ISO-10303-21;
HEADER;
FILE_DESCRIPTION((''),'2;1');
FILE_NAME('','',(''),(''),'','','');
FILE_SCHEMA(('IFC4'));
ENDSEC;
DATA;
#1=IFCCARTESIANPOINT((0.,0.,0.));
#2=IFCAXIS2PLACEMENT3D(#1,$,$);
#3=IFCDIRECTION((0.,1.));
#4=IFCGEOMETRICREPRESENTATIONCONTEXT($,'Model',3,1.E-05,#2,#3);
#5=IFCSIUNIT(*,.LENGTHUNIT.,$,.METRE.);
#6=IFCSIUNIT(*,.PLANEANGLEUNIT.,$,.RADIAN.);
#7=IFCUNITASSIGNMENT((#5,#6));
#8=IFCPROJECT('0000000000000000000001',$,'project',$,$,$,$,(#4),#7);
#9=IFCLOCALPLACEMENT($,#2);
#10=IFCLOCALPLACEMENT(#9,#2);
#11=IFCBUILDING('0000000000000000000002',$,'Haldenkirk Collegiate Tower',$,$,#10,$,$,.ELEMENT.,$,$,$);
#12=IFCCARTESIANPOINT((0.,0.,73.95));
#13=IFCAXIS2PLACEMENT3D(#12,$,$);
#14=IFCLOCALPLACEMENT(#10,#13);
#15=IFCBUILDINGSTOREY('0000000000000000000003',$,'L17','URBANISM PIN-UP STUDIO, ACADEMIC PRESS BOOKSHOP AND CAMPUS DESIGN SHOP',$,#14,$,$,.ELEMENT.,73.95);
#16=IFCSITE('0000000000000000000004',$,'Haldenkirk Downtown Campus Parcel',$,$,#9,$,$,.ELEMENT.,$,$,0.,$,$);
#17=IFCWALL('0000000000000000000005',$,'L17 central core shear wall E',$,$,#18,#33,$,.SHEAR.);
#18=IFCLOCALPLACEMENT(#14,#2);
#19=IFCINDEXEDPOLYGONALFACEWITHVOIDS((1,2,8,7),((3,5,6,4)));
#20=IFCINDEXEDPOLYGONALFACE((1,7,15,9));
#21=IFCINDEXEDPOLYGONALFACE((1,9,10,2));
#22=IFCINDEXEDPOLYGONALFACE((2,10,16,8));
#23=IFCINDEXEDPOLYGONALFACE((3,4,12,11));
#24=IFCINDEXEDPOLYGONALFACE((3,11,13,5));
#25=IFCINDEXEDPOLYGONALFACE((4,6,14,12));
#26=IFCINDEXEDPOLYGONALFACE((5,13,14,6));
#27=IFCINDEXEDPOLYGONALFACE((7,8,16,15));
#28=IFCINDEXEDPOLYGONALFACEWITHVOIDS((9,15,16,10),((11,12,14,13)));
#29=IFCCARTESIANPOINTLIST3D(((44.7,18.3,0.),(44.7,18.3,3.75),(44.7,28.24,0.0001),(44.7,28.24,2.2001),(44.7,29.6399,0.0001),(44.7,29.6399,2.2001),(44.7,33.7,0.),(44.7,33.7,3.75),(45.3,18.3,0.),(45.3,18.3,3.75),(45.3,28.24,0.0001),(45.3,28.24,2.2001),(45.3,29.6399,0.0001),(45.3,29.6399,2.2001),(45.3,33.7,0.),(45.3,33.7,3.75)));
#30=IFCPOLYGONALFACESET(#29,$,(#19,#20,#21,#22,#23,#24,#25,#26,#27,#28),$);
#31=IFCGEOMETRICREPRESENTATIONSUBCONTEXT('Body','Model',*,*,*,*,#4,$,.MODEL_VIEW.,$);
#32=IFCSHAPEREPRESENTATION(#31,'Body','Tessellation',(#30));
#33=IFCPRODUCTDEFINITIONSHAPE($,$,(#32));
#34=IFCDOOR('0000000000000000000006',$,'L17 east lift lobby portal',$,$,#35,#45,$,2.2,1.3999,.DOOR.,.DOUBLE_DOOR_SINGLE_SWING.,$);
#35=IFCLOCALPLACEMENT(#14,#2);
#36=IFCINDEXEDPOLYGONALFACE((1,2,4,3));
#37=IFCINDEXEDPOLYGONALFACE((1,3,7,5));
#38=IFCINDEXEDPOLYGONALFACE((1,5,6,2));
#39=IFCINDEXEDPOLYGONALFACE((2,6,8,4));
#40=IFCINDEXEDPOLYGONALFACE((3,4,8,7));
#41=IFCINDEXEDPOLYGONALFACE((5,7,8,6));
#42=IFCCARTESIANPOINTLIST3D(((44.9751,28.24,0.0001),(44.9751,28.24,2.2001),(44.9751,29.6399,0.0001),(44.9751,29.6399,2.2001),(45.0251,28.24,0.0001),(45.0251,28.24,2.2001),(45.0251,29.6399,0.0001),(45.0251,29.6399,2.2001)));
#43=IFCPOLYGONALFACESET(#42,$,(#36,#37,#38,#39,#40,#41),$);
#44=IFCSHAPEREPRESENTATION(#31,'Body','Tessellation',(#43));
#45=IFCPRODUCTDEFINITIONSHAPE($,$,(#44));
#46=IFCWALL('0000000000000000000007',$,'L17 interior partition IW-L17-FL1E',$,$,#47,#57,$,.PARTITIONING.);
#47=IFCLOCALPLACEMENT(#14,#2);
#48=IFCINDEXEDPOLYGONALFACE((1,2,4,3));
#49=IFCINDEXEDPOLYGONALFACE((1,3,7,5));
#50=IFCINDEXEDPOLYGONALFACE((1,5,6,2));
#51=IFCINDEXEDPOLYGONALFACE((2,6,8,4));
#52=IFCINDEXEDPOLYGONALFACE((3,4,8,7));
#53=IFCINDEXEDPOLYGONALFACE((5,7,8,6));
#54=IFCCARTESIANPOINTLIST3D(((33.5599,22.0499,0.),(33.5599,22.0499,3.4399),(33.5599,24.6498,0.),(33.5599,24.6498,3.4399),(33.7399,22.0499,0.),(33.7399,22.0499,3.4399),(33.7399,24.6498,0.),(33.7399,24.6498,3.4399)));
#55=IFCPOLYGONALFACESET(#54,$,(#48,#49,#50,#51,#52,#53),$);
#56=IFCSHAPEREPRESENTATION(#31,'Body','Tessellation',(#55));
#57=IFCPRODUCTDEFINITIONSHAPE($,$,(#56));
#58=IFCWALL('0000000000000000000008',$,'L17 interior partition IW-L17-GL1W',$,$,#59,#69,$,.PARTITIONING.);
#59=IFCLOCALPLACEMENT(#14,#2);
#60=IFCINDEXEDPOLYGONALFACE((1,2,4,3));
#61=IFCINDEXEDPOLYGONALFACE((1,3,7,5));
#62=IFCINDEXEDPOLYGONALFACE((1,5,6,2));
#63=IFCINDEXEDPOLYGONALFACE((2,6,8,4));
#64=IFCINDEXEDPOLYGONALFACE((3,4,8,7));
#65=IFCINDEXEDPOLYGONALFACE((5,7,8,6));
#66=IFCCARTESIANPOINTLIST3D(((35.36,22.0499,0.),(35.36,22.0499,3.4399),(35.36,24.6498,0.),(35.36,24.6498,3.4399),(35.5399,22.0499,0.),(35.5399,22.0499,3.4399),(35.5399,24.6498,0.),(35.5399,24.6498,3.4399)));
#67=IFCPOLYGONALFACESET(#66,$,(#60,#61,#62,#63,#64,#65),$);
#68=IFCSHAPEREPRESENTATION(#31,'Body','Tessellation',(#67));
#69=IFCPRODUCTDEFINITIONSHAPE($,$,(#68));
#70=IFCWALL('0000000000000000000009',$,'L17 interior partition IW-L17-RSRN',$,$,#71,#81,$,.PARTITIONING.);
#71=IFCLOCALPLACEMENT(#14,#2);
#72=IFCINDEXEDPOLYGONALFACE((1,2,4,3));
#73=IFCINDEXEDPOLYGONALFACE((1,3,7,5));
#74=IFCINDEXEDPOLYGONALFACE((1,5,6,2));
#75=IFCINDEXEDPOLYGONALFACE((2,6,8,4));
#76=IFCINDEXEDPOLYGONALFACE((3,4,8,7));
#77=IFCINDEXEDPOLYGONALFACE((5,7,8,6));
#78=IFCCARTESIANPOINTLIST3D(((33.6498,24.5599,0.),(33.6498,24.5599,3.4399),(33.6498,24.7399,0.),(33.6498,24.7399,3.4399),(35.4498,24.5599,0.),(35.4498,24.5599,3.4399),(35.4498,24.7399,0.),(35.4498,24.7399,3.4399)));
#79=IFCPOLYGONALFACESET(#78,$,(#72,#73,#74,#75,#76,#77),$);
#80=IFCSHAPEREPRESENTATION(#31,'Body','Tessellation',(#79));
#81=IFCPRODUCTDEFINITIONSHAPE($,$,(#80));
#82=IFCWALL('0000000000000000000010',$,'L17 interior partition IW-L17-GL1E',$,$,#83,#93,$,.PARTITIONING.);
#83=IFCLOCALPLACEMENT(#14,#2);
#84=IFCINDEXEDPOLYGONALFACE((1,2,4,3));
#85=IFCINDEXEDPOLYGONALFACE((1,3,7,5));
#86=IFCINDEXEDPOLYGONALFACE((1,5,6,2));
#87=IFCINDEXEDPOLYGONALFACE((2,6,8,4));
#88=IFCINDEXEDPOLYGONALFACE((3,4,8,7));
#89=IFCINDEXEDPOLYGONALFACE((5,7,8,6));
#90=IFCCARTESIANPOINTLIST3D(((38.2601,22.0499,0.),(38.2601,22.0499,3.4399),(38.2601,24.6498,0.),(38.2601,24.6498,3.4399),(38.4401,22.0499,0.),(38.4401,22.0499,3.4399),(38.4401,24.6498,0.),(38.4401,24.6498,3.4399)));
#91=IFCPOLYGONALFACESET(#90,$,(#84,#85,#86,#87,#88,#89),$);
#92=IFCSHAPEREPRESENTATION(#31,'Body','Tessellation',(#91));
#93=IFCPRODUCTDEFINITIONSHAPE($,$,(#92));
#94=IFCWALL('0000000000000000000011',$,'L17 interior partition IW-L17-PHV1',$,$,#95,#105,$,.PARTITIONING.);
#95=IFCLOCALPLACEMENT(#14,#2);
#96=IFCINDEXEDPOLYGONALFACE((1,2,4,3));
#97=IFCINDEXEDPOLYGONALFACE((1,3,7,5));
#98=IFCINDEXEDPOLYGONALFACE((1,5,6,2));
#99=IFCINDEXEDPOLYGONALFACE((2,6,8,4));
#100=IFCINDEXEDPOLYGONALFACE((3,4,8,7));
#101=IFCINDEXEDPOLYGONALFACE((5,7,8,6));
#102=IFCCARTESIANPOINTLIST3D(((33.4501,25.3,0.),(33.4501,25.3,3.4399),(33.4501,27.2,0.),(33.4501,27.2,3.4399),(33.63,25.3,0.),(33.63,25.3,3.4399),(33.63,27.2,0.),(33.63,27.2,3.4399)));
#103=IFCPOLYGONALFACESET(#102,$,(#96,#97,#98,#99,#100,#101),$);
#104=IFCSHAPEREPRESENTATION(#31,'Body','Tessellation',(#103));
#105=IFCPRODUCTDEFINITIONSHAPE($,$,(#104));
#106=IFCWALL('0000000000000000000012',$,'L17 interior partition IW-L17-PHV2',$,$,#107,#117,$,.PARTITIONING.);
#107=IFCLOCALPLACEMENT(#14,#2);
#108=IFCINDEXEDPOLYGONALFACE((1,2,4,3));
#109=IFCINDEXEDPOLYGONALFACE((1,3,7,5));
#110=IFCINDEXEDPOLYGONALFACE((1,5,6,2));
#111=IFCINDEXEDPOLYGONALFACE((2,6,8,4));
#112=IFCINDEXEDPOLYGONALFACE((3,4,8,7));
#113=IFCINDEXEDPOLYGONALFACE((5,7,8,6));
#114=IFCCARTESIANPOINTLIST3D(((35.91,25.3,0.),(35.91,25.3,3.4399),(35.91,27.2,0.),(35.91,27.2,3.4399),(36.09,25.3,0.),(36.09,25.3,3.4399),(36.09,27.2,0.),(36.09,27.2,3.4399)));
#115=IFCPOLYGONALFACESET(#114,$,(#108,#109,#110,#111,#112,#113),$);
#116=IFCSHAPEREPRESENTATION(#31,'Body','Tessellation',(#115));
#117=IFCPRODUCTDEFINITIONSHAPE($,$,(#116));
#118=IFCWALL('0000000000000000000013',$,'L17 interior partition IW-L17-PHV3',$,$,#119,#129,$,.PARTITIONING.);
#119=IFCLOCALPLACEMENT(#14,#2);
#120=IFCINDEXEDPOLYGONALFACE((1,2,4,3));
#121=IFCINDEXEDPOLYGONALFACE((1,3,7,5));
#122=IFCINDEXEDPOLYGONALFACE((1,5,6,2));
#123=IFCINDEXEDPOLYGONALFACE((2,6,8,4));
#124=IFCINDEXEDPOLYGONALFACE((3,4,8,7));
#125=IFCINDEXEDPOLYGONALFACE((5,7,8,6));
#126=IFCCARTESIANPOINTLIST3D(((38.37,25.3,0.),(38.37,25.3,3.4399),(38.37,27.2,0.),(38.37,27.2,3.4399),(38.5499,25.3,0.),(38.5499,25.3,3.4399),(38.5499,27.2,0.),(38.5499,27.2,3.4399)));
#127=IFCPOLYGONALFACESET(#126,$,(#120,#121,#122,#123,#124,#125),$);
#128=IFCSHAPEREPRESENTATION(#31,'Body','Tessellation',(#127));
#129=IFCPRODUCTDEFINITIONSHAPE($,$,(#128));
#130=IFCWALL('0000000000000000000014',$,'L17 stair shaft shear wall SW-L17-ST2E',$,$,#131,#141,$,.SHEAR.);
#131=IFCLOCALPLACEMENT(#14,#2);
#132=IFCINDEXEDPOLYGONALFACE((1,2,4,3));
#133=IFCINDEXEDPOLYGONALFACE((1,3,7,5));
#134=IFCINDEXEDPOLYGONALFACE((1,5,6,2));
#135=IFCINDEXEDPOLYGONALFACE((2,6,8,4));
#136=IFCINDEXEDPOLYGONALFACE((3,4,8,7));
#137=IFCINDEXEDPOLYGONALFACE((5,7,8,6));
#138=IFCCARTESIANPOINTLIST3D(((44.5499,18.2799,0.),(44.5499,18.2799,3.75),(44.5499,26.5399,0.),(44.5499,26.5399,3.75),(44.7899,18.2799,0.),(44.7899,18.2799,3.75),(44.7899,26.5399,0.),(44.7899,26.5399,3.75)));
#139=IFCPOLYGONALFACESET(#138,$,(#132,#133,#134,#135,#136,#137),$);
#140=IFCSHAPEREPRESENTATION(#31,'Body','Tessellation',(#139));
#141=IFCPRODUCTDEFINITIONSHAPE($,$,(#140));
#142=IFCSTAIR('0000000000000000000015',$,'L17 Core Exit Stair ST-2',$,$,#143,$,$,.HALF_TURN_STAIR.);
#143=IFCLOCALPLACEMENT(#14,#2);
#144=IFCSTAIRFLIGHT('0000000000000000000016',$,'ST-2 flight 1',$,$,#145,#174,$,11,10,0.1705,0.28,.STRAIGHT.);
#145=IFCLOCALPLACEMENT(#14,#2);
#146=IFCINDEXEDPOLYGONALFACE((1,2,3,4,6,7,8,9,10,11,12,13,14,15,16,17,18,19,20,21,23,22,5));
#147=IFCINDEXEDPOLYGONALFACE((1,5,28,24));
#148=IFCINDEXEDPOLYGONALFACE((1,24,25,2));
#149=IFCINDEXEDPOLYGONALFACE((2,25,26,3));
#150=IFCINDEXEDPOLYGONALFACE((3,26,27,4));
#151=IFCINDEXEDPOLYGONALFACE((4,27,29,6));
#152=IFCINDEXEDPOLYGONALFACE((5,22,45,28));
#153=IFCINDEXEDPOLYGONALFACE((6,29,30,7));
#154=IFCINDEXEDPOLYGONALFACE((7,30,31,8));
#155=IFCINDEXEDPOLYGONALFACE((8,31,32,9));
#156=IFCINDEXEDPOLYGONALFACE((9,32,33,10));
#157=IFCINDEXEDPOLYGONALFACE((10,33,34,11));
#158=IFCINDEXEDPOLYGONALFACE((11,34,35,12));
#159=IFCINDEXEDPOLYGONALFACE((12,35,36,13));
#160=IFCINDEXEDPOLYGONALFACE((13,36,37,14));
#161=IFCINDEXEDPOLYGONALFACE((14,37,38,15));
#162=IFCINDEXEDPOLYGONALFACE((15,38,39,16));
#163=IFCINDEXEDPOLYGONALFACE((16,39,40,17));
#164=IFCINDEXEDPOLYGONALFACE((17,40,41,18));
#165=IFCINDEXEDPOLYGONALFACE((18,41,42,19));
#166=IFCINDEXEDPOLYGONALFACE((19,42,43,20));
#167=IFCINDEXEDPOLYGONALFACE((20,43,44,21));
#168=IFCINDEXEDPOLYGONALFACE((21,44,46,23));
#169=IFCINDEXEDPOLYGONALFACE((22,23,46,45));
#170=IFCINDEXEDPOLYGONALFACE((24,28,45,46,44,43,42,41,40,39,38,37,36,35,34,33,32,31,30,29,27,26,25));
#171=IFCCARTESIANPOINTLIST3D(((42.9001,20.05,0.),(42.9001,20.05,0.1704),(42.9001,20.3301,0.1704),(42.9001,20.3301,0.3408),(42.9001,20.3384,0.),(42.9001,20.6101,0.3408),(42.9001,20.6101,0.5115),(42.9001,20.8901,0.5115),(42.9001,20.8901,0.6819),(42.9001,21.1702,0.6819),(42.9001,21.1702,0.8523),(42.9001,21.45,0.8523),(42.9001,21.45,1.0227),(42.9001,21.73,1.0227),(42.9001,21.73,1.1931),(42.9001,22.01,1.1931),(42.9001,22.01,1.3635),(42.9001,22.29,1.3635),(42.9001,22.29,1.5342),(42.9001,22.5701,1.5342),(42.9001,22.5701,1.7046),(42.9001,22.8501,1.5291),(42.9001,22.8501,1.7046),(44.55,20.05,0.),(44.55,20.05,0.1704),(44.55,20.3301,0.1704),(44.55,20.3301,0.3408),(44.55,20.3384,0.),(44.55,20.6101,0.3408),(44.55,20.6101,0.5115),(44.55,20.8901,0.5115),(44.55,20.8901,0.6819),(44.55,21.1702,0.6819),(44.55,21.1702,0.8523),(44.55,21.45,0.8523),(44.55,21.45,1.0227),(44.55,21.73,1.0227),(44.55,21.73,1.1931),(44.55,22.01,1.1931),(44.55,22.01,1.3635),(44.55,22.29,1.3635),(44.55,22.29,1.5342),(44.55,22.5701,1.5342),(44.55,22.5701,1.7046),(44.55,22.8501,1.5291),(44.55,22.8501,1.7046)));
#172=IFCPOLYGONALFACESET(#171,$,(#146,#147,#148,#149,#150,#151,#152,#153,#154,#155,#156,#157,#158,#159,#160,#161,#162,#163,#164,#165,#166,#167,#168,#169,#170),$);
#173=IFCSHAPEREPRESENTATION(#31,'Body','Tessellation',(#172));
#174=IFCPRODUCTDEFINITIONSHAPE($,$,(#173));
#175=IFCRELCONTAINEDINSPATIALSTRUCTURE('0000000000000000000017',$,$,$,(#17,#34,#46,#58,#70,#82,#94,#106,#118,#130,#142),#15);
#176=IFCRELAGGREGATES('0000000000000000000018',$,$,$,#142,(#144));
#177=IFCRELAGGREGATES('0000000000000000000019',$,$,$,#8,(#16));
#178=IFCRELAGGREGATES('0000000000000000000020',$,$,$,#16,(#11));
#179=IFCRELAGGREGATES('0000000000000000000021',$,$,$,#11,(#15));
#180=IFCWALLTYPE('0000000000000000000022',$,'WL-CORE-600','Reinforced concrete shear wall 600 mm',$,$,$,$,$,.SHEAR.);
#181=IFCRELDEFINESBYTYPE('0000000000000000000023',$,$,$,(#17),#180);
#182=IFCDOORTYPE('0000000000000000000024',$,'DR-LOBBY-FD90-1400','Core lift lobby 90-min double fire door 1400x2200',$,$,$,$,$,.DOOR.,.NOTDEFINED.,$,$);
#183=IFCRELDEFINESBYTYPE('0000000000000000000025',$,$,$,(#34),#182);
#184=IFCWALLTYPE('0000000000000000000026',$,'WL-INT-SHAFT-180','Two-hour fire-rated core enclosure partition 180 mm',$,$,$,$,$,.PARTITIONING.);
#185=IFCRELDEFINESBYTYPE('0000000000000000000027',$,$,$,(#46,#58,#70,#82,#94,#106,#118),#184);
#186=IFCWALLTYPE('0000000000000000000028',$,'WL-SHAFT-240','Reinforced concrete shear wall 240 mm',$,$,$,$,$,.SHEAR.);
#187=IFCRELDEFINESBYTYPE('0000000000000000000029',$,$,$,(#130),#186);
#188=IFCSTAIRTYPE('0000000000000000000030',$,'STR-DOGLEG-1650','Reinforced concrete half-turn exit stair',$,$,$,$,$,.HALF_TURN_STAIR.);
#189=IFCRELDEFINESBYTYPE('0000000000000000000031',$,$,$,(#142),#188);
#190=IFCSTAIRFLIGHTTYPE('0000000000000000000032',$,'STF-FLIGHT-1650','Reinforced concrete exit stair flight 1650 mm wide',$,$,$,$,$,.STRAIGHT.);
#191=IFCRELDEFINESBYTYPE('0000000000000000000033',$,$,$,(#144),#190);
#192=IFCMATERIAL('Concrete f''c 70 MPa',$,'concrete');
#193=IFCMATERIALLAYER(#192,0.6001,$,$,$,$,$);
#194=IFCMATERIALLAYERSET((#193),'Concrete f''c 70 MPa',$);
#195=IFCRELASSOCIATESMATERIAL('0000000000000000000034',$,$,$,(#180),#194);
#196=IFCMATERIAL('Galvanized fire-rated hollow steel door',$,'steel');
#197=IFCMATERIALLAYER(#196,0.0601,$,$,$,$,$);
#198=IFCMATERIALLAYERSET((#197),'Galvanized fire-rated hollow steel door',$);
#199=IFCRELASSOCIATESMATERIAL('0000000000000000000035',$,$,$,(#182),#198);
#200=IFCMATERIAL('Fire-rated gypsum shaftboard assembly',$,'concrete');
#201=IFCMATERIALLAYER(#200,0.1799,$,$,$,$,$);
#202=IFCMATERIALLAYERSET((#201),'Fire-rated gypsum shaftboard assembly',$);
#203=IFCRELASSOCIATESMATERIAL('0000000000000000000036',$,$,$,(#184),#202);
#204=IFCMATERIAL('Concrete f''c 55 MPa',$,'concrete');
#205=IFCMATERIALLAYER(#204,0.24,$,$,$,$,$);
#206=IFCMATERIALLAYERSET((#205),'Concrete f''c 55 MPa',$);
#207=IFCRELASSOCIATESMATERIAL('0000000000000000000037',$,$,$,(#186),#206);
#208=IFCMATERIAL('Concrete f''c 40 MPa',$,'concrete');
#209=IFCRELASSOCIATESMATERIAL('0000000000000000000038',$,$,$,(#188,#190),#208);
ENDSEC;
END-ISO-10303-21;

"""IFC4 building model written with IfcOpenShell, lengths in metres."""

from ifc_helpers import new_model, si_unit, direction, frame, frame_2d, origin, place, context, subcontext, project, spatial, polyline, rectangle, outline, extrude, material, layer, layer_set, type_object, element, fill, aggregate, save


model = new_model("IFC4")

# Units and contexts
model_context = context("Model", 3, precision=1e-05, world=origin(), true_north=direction((0.0, 1.0)))
body_context = subcontext(model_context, "Body", "Model", "MODEL_VIEW")
ifc_project = project(units=[si_unit("LENGTHUNIT", "METRE"), si_unit("PLANEANGLEUNIT", "RADIAN")], contexts=[model_context])

# Site, building, storey
site_placement = place(None, origin())
site = spatial("IfcSite", under=ifc_project, at=site_placement, Name="Haldenkirk Downtown Campus Parcel", CompositionType="ELEMENT", RefElevation=0.0)
building_placement = place(site_placement, origin())
building = spatial("IfcBuilding", under=site, at=building_placement, Name="Haldenkirk Collegiate Tower", CompositionType="ELEMENT")
storey_placement = place(building_placement, frame((0.0, 0.0, 73.95)))
storey = spatial("IfcBuildingStorey", under=building, at=storey_placement, Name="L17", Description="URBANISM PIN-UP STUDIO, ACADEMIC PRESS BOOKSHOP AND CAMPUS DESIGN SHOP", CompositionType="ELEMENT", Elevation=73.95)

# Wall, opening, door
ifc_material_1 = material(Name="Concrete f'c 70 MPa", Category="concrete")
ifc_layer_1 = layer(ifc_material_1, 0.6001)
ifc_layer_set_1 = layer_set([ifc_layer_1], Name="Concrete f'c 70 MPa")
wall_type_1 = type_object("IfcWallType", Name="WL-CORE-600", Description="Reinforced concrete shear wall 600 mm", PredefinedType="SHEAR", material=ifc_layer_set_1)
wall_1_placement = place(storey_placement, frame((45.0, 18.3, 0.0), z_axis=(0.0, 0.0, 1.0), x_axis=(0.0, 1.0, 0.0)))
wall_1 = element("IfcWall", 1, at=wall_1_placement, inside=storey, type_object=wall_type_1, Name="L17 central core shear wall E", PredefinedType="SHEAR", context=body_context, shape_type="SweptSolid", body=[
    extrude(rectangle(XDim=15.3999, YDim=0.6001, at=frame_2d((7.7, 0.0))), origin(), (0.0, 0.0, 1.0), 3.75),
])
opening_1_placement = place(wall_1_placement, frame((9.9399, 0.0, 0.0)))
opening_1 = element("IfcOpeningElement", 2, at=opening_1_placement, cuts=wall_1, PredefinedType="OPENING", context=body_context, shape_type="SweptSolid", body=[
    extrude(rectangle(XDim=1.3999, YDim=2.2, at=frame_2d((0.7, 1.1001))), frame((0.0, 0.3101, 0.0), z_axis=(0.0, -1.0, 0.0), x_axis=(1.0, 0.0, 0.0)), (0.0, 0.0, 1.0), 0.6201),
])
ifc_material_2 = material(Name="Galvanized fire-rated hollow steel door", Category="steel")
ifc_layer_2 = layer(ifc_material_2, 0.0601)
ifc_layer_set_2 = layer_set([ifc_layer_2], Name="Galvanized fire-rated hollow steel door")
door_type_1 = type_object("IfcDoorType", Name="DR-LOBBY-FD90-1400", Description="Core lift lobby 90-min double fire door 1400x2200", OperationType="NOTDEFINED", PredefinedType="DOOR", material=ifc_layer_set_2)
door_1_placement = place(opening_1_placement, origin())
door_1 = element("IfcDoor", 3, at=door_1_placement, inside=storey, type_object=door_type_1, Name="L17 east lift lobby portal", OperationType="DOUBLE_DOOR_SINGLE_SWING", OverallHeight=2.2, OverallWidth=1.3999, PredefinedType="DOOR", context=body_context, shape_type="SweptSolid", body=[
    extrude(rectangle(XDim=1.3999, YDim=2.2, at=frame_2d((0.7, 1.1001))), frame((0.0, 0.0249, 0.0), z_axis=(0.0, -1.0, 0.0), x_axis=(1.0, 0.0, 0.0)), (0.0, 0.0, 1.0), 0.05),
])
fill(opening_1, door_1)

# Walls
ifc_material_3 = material(Name="Fire-rated gypsum shaftboard assembly", Category="concrete")
ifc_layer_3 = layer(ifc_material_3, 0.1799)
ifc_layer_set_3 = layer_set([ifc_layer_3], Name="Fire-rated gypsum shaftboard assembly")
wall_type_2 = type_object("IfcWallType", Name="WL-INT-SHAFT-180", Description="Two-hour fire-rated core enclosure partition 180 mm", PredefinedType="PARTITIONING", material=ifc_layer_set_3)
for number, where, z_axis, x_axis, name in (
    (4, (33.6499, 22.05, 0.0), (0.0, 0.0, 1.0), (0.0, 1.0, 0.0), "L17 interior partition IW-L17-FL1E"),
    (5, (35.45, 22.05, 0.0), (0.0, 0.0, 1.0), (0.0, 1.0, 0.0), "L17 interior partition IW-L17-GL1W"),
):
    element("IfcWall", number, at=place(storey_placement, frame(where, z_axis=z_axis, x_axis=x_axis)), inside=storey, type_object=wall_type_2, Name=name, PredefinedType="PARTITIONING", context=body_context, shape_type="SweptSolid", body=[
        extrude(rectangle(XDim=2.5999, YDim=0.1799, at=frame_2d((1.2998, 0.0))), origin(), (0.0, 0.0, 1.0), 3.4399),
    ])
wall_2_placement = place(storey_placement, frame((33.6499, 24.6499, 0.0), z_axis=(0.0, 0.0, 1.0), x_axis=(1.0, 0.0, 0.0)))
element("IfcWall", 6, at=wall_2_placement, inside=storey, type_object=wall_type_2, Name="L17 interior partition IW-L17-RSRN", PredefinedType="PARTITIONING", context=body_context, shape_type="SweptSolid", body=[
    extrude(rectangle(XDim=1.8, YDim=0.1799, at=frame_2d((0.8999, 0.0))), origin(), (0.0, 0.0, 1.0), 3.4399),
])
wall_3_placement = place(storey_placement, frame((38.3501, 22.05, 0.0), z_axis=(0.0, 0.0, 1.0), x_axis=(0.0, 1.0, 0.0)))
element("IfcWall", 7, at=wall_3_placement, inside=storey, type_object=wall_type_2, Name="L17 interior partition IW-L17-GL1E", PredefinedType="PARTITIONING", context=body_context, shape_type="SweptSolid", body=[
    extrude(rectangle(XDim=2.5999, YDim=0.1799, at=frame_2d((1.2998, 0.0))), origin(), (0.0, 0.0, 1.0), 3.4399),
])
for number, where, z_axis, x_axis, name in (
    (8, (33.54, 25.3, 0.0), (0.0, 0.0, 1.0), (0.0, 1.0, 0.0), "L17 interior partition IW-L17-PHV1"),
    (9, (36.0, 25.3, 0.0), (0.0, 0.0, 1.0), (0.0, 1.0, 0.0), "L17 interior partition IW-L17-PHV2"),
    (10, (38.46, 25.3, 0.0), (0.0, 0.0, 1.0), (0.0, 1.0, 0.0), "L17 interior partition IW-L17-PHV3"),
):
    element("IfcWall", number, at=place(storey_placement, frame(where, z_axis=z_axis, x_axis=x_axis)), inside=storey, type_object=wall_type_2, Name=name, PredefinedType="PARTITIONING", context=body_context, shape_type="SweptSolid", body=[
        extrude(rectangle(XDim=1.8999, YDim=0.1799, at=frame_2d((0.95, 0.0))), origin(), (0.0, 0.0, 1.0), 3.4399),
    ])

# Wall
ifc_material_4 = material(Name="Concrete f'c 55 MPa", Category="concrete")
ifc_layer_4 = layer(ifc_material_4, 0.24)
ifc_layer_set_4 = layer_set([ifc_layer_4], Name="Concrete f'c 55 MPa")
wall_type_3 = type_object("IfcWallType", Name="WL-SHAFT-240", Description="Reinforced concrete shear wall 240 mm", PredefinedType="SHEAR", material=ifc_layer_set_4)
wall_4_placement = place(storey_placement, frame((44.6699, 18.28, 0.0), z_axis=(0.0, 0.0, 1.0), x_axis=(0.0, 1.0, 0.0)))
element("IfcWall", 11, at=wall_4_placement, inside=storey, type_object=wall_type_3, Name="L17 stair shaft shear wall SW-L17-ST2E", PredefinedType="SHEAR", context=body_context, shape_type="SweptSolid", body=[
    extrude(rectangle(XDim=8.26, YDim=0.24, at=frame_2d((4.1299, 0.0))), origin(), (0.0, 0.0, 1.0), 3.75),
])

# Stair, stair flight
ifc_material_5 = material(Name="Concrete f'c 40 MPa", Category="concrete")
stair_type = type_object("IfcStairType", Name="STR-DOGLEG-1650", Description="Reinforced concrete half-turn exit stair", PredefinedType="HALF_TURN_STAIR", material=ifc_material_5)
stair_placement = place(storey_placement, origin())
stair = element("IfcStair", 12, at=stair_placement, inside=storey, type_object=stair_type, Name="L17 Core Exit Stair ST-2", PredefinedType="HALF_TURN_STAIR")
stair_flight_type = type_object("IfcStairFlightType", Name="STF-FLIGHT-1650", Description="Reinforced concrete exit stair flight 1650 mm wide", PredefinedType="STRAIGHT", material=ifc_material_5)
stair_flight_1_placement = place(storey_placement, frame((43.7251, 20.05, 0.0), z_axis=(0.0, 0.0, 1.0), x_axis=(0.0, 1.0, 0.0)))
stair_flight_1 = element("IfcStairFlight", 13, at=stair_flight_1_placement, type_object=stair_flight_type, Name="ST-2 flight 1", NumberOfRisers=11, NumberOfTreads=10, PredefinedType="STRAIGHT", RiserHeight=0.1705, TreadLength=0.28, context=body_context, shape_type="SweptSolid", body=[
    extrude(outline(polyline([(0.0, 0.0), (0.0, 0.1704), (0.28, 0.1704), (0.28, 0.3408), (0.5601, 0.3408), (0.5601, 0.5115), (0.8401, 0.5115), (0.8401, 0.6819), (1.1201, 0.6819), (1.1201, 0.8523), (1.3999, 0.8523), (1.3999, 1.0227), (1.6799, 1.0227), (1.6799, 1.1931), (1.96, 1.1931), (1.96, 1.3635), (2.24, 1.3635), (2.24, 1.5342), (2.52, 1.5342), (2.52, 1.7046), (2.8, 1.7046), (2.8, 1.875), (2.8, 1.5291), (0.2883, 0.0), (0.0, 0.0)])), frame((0.0, 0.825, 0.0), z_axis=(0.0, -1.0, 0.0), x_axis=(1.0, 0.0, 0.0)), (0.0, 0.0, 1.0), 1.6499),
])
aggregate(stair, [stair_flight_1])

save(model, "model.ifc")
